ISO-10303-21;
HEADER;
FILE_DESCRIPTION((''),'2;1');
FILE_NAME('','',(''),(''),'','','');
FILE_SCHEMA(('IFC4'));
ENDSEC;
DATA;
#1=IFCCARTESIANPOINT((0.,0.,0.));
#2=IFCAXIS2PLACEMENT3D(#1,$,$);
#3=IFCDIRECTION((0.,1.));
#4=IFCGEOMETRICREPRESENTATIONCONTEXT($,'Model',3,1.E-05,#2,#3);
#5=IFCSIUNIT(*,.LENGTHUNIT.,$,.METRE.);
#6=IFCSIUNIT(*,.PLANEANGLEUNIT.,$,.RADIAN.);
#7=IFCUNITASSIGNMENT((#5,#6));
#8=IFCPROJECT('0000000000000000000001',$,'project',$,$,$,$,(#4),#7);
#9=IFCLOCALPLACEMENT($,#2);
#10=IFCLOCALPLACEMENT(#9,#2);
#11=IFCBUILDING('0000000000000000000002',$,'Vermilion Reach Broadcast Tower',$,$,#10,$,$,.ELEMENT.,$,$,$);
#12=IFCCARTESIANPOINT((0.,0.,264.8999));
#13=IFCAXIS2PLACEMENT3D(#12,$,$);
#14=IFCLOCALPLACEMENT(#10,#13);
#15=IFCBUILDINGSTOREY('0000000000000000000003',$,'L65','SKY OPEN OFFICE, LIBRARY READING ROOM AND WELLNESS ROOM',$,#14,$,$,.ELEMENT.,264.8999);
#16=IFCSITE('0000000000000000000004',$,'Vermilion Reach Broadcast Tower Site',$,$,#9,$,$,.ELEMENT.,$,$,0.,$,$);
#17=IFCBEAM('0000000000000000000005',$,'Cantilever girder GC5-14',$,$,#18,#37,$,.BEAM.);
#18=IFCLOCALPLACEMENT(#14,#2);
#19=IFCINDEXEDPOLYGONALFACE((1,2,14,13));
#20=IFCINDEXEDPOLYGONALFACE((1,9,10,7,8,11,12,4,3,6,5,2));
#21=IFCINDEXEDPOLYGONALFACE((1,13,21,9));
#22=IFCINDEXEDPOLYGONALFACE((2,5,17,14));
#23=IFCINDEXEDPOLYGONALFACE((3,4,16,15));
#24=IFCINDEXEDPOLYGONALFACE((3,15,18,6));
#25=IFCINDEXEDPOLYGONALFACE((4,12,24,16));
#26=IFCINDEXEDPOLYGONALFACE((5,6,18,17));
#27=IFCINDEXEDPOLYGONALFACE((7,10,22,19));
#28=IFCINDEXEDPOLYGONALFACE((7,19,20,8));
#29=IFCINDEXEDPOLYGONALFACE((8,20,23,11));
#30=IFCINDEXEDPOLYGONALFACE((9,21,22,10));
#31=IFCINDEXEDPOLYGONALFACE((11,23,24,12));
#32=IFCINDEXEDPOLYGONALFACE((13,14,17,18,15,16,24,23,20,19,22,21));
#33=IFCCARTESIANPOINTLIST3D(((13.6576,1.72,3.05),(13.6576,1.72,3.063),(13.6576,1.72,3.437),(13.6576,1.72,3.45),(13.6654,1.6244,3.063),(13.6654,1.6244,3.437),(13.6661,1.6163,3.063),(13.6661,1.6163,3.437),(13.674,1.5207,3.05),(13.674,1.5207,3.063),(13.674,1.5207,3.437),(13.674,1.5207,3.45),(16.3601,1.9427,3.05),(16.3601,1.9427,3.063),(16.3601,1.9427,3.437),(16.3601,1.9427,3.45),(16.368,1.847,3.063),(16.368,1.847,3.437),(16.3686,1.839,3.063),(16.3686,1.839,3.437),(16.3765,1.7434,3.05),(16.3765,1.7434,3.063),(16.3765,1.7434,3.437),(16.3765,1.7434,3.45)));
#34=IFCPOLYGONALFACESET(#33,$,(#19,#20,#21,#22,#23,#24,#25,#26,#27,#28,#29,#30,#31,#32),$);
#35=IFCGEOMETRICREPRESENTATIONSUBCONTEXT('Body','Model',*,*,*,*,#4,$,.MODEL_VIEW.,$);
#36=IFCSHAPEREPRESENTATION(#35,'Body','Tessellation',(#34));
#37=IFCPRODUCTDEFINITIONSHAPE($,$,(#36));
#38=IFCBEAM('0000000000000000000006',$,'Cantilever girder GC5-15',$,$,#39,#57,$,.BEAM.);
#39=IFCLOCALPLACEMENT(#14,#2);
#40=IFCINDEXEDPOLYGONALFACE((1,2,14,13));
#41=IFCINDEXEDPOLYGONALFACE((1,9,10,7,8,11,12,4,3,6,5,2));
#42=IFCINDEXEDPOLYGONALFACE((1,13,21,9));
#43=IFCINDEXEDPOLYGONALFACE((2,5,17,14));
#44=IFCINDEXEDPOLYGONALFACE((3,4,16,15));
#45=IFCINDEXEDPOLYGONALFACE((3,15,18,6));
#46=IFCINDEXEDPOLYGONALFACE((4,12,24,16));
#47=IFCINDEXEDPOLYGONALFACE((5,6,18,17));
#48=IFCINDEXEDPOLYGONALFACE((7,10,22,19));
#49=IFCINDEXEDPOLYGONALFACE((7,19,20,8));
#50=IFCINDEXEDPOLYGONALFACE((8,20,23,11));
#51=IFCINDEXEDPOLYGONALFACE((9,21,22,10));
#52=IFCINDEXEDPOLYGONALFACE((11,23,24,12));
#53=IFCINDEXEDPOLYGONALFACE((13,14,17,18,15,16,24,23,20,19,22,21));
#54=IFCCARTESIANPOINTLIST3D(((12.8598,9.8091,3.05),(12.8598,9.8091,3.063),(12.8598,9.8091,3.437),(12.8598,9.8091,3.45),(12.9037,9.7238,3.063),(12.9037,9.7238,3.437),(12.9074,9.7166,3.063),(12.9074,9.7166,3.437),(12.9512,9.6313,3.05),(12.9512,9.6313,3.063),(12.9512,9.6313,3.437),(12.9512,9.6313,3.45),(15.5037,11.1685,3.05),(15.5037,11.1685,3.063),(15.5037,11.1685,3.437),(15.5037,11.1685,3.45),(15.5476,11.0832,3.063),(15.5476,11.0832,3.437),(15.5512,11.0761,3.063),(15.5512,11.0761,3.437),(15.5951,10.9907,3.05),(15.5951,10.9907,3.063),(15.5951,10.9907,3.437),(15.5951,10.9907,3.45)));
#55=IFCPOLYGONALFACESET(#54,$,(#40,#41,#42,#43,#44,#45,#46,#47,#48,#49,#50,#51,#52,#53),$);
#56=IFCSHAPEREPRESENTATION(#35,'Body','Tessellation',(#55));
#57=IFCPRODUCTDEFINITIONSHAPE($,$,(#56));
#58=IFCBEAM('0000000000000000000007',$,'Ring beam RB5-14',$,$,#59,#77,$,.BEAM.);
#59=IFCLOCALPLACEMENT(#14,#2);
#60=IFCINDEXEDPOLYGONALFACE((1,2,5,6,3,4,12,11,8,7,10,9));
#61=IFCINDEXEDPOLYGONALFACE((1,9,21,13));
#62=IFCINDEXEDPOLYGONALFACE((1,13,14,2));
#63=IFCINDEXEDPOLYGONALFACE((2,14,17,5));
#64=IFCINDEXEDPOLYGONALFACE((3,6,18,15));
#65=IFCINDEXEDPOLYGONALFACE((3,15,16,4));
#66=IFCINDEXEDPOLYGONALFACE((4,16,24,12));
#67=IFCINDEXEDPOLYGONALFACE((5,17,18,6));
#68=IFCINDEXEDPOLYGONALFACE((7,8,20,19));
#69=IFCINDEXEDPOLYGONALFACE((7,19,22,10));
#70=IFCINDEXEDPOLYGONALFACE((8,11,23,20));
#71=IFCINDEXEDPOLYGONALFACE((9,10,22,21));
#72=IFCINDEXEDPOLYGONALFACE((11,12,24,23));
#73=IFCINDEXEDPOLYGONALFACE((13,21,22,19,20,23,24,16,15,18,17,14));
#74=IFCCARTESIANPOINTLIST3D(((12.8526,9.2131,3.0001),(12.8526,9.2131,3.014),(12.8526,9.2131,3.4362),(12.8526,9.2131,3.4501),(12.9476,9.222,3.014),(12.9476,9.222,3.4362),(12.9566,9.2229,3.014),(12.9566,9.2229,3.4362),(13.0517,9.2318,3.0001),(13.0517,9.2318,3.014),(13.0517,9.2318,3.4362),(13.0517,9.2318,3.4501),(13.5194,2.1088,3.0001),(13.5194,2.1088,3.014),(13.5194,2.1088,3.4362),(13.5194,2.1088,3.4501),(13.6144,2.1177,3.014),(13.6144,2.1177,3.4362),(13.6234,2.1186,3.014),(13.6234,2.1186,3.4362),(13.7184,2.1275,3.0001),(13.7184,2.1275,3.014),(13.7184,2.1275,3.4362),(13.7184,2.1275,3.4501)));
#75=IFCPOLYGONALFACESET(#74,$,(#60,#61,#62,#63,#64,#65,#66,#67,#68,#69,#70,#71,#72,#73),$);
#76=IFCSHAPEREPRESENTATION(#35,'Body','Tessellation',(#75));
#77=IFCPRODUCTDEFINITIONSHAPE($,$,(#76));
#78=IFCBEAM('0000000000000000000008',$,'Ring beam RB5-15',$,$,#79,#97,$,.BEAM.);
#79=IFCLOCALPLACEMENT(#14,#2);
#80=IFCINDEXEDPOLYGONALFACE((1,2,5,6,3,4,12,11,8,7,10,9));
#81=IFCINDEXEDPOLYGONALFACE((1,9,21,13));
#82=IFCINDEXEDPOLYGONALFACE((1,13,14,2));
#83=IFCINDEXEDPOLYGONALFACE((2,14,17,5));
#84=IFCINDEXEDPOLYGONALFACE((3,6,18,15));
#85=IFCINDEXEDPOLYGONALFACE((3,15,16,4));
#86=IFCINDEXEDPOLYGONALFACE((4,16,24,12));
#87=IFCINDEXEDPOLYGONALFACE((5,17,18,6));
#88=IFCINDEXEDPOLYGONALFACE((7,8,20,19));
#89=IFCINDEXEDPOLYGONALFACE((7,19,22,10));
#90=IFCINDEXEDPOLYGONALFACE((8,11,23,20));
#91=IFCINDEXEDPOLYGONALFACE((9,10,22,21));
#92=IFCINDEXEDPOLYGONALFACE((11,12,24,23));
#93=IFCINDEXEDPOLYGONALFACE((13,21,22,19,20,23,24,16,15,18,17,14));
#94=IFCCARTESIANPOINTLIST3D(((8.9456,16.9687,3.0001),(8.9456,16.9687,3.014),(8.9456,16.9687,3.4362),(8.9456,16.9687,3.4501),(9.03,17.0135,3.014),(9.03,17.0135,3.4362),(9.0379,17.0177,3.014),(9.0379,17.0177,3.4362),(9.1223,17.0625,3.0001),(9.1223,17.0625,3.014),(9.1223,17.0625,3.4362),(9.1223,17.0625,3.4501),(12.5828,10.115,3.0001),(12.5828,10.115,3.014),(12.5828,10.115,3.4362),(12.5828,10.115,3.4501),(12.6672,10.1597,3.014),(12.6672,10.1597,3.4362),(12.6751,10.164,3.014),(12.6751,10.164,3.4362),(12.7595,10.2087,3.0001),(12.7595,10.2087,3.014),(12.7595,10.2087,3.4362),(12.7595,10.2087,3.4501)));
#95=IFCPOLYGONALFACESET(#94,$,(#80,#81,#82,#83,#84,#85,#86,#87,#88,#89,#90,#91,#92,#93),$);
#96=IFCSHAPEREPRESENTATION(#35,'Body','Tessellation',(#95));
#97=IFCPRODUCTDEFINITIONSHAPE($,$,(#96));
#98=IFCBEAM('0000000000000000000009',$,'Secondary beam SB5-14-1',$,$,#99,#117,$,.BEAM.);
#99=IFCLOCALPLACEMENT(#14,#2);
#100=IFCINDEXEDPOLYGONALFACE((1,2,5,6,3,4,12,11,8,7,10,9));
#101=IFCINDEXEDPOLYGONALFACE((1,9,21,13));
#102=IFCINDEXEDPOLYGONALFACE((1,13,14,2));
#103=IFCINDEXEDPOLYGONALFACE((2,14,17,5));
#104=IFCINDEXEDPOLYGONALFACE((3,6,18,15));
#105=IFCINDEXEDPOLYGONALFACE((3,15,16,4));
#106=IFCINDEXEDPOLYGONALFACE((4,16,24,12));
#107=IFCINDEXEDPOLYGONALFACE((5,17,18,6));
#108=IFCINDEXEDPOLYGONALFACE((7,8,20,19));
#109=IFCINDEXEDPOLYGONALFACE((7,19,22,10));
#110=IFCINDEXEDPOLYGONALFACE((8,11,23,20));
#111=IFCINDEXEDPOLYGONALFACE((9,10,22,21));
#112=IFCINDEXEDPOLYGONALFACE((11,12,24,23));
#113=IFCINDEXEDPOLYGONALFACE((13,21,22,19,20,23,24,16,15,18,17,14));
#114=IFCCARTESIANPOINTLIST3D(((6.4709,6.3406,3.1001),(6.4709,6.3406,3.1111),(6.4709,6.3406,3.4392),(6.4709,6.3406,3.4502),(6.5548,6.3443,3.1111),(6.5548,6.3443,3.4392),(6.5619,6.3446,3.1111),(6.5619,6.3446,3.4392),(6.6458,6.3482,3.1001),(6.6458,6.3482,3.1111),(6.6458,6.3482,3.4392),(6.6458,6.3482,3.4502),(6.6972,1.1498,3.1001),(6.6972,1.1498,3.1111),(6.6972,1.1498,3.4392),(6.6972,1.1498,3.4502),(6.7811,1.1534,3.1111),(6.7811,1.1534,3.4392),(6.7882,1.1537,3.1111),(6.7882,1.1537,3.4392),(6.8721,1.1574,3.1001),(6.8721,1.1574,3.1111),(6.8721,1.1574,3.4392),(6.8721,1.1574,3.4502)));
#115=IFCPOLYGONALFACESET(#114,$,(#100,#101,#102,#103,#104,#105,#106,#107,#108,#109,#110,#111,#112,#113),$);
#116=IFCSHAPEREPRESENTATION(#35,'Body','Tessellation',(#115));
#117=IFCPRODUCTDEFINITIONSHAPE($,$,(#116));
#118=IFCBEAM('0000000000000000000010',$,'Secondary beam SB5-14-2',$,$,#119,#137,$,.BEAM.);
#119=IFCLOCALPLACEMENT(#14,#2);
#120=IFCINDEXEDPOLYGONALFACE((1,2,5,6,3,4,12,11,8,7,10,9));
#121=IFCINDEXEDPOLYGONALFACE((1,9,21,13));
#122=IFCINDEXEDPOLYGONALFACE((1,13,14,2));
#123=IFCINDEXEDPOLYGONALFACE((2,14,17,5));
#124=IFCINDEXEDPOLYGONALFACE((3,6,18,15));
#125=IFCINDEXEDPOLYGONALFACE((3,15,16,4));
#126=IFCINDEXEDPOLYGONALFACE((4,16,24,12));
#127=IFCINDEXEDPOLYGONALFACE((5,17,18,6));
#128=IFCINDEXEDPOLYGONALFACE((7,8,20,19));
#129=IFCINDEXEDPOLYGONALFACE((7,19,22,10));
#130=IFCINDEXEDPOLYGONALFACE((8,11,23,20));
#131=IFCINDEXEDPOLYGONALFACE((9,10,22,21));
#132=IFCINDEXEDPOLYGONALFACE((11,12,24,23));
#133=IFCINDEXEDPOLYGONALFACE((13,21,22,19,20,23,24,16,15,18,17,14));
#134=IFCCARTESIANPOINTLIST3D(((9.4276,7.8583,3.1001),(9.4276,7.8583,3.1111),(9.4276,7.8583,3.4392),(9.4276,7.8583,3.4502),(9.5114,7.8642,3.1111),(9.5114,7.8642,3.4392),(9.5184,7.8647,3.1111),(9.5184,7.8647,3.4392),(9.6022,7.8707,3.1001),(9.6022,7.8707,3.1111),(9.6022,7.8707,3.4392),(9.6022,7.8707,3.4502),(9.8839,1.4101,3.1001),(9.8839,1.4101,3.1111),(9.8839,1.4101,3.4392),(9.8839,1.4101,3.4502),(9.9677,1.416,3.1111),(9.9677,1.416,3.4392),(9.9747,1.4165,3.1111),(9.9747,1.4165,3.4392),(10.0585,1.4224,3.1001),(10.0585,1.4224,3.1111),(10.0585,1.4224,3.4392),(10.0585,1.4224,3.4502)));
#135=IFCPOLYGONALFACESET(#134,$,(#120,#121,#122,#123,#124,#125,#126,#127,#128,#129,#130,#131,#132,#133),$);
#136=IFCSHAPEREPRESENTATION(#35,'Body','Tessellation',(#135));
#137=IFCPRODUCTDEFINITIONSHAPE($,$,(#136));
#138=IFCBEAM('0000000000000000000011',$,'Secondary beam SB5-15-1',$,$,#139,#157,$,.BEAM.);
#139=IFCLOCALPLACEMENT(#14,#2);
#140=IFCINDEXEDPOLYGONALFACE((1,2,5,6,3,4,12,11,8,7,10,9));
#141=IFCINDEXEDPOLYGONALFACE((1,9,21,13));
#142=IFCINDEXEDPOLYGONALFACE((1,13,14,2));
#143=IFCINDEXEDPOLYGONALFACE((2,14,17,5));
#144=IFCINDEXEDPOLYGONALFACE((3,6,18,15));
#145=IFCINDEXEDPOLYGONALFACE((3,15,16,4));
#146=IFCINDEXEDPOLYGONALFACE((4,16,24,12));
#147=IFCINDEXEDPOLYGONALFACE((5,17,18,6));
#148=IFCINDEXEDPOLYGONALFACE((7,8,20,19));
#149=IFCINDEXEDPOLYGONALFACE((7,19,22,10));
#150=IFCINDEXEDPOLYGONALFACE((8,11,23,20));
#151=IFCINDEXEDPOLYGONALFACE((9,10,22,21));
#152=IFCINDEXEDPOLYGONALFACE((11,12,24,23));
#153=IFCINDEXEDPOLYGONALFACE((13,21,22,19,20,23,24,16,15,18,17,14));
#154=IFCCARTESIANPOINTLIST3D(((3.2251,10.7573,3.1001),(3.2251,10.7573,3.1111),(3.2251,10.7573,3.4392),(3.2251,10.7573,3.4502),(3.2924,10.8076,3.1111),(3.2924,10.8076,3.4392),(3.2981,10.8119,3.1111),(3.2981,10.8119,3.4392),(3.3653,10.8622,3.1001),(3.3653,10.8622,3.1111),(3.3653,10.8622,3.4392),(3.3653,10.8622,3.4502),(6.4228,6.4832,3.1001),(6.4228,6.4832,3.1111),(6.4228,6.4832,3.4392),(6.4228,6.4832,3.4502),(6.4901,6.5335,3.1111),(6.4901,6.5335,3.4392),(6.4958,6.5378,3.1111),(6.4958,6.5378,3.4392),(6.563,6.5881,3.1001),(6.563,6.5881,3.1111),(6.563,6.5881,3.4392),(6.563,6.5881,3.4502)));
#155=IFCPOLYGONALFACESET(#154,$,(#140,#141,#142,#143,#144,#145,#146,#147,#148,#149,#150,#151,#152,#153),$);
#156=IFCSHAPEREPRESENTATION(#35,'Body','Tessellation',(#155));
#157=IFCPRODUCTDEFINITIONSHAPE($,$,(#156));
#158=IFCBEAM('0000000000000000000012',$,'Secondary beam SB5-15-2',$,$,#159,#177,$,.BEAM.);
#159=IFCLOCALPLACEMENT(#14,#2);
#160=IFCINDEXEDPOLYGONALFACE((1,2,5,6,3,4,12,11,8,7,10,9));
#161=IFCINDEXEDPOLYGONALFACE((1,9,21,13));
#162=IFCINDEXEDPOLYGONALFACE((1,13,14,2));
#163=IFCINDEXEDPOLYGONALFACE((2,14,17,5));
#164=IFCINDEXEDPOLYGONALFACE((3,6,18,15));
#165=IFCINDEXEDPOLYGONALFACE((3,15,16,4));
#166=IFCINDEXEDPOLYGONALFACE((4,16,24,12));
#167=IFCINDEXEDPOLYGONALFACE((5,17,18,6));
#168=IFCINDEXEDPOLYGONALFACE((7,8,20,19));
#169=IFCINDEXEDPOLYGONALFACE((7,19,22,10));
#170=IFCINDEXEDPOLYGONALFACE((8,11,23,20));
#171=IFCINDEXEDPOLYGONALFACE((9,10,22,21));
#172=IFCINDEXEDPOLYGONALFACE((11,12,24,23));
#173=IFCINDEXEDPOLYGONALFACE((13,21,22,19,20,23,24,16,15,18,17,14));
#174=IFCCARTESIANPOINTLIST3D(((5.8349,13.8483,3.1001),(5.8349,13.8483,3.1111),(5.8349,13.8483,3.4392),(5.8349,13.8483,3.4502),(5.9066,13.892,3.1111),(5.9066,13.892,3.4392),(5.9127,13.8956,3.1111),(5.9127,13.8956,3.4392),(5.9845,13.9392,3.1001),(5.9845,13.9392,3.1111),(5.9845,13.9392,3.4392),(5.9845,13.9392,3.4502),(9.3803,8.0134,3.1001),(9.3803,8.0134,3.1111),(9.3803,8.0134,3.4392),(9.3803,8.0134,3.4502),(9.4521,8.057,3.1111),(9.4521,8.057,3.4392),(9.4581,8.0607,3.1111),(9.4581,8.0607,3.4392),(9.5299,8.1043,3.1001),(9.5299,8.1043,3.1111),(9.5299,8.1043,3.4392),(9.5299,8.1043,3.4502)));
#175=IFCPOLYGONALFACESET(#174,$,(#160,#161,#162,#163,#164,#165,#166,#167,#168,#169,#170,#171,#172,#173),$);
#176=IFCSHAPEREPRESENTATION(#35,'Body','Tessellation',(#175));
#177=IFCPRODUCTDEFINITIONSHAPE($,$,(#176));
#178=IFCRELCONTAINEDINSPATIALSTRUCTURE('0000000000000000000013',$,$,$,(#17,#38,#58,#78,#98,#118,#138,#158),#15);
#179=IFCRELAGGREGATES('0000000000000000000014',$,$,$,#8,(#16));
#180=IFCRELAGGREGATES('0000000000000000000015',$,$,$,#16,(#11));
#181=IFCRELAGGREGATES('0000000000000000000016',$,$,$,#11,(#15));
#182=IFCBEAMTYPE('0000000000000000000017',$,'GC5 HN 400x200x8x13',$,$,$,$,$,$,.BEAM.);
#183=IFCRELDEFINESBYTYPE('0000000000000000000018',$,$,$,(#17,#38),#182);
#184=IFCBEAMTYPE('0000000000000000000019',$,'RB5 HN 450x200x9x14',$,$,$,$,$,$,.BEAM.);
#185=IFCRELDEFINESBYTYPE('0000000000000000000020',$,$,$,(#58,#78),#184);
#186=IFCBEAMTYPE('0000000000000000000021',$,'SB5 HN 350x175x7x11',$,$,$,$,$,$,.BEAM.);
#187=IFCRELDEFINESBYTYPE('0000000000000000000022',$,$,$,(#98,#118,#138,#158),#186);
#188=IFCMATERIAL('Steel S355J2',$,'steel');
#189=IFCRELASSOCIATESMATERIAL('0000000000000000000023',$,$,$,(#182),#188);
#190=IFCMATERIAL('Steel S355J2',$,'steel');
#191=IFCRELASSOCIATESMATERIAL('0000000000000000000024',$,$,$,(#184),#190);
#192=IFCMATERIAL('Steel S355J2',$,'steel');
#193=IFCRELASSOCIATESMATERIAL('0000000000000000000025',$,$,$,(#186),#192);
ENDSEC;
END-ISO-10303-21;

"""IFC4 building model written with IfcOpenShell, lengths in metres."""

from ifc_helpers import new_model, si_unit, direction, frame, origin, origin_2d, place, context, subcontext, project, spatial, i_section, extrude, material, material_profile, profile_set, type_object, element, save


model = new_model("IFC4")

# Units and contexts
model_context = context("Model", 3, precision=1e-05, world=origin(), true_north=direction((0.0, 1.0)))
body_context = subcontext(model_context, "Body", "Model", "MODEL_VIEW")
ifc_project = project(units=[si_unit("LENGTHUNIT", "METRE"), si_unit("PLANEANGLEUNIT", "RADIAN")], contexts=[model_context])

# Site, building, storey
site_placement = place(None, origin())
site = spatial("IfcSite", under=ifc_project, at=site_placement, Name="Vermilion Reach Broadcast Tower Site", CompositionType="ELEMENT", RefElevation=0.0)
building_placement = place(site_placement, origin())
building = spatial("IfcBuilding", under=site, at=building_placement, Name="Vermilion Reach Broadcast Tower", CompositionType="ELEMENT")
storey_placement = place(building_placement, frame((0.0, 0.0, 264.8999)))
storey = spatial("IfcBuildingStorey", under=building, at=storey_placement, Name="L65", Description="SKY OPEN OFFICE, LIBRARY READING ROOM AND WELLNESS ROOM", CompositionType="ELEMENT", Elevation=264.8999)

# Beams
ifc_material_1 = material(Name="Steel S355J2", Category="steel")
ifc_material_profile_1 = material_profile(ifc_material_1, i_section(OverallWidth=0.2, OverallDepth=0.3999, WebThickness=0.0081, FlangeThickness=0.0129, at=origin_2d()), Name="S355J2 HN 400x200x8x13")
ifc_profile_set_1 = profile_set([ifc_material_profile_1], Name="Steel S355J2")
beam_type_1 = type_object("IfcBeamType", Name="GC5 HN 400x200x8x13", PredefinedType="BEAM", material=ifc_profile_set_1)
beam_1_placement = place(storey_placement, frame((13.6658, 1.6204, 3.25), z_axis=(0.996623, 0.082114, 0.0), x_axis=(-0.082114, 0.996623, 0.0)))
element("IfcBeam", 1, at=beam_1_placement, inside=storey, type_object=beam_type_1, Name="Cantilever girder GC5-14", PredefinedType="BEAM", context=body_context, shape_type="SweptSolid", body=[
    extrude(i_section(OverallWidth=0.2, OverallDepth=0.3999, WebThickness=0.0081, FlangeThickness=0.0129, at=origin_2d()), origin(), (0.0, 0.0, 1.0), 2.7117),
])
beam_2_placement = place(storey_placement, frame((12.9055, 9.7202, 3.25), z_axis=(0.889328, 0.45727, 0.0), x_axis=(-0.45727, 0.889328, 0.0)))
element("IfcBeam", 2, at=beam_2_placement, inside=storey, type_object=beam_type_1, Name="Cantilever girder GC5-15", PredefinedType="BEAM", context=body_context, shape_type="SweptSolid", body=[
    extrude(i_section(OverallWidth=0.2, OverallDepth=0.3999, WebThickness=0.0081, FlangeThickness=0.0129, at=origin_2d()), origin(), (0.0, 0.0, 1.0), 2.9729),
])
ifc_material_2 = material(Name="Steel S355J2", Category="steel")
ifc_material_profile_2 = material_profile(ifc_material_2, i_section(OverallWidth=0.2, OverallDepth=0.45, WebThickness=0.009, FlangeThickness=0.0139, at=origin_2d()), Name="S355J2 HN 450x200x9x14")
ifc_profile_set_2 = profile_set([ifc_material_profile_2], Name="Steel S355J2")
beam_type_2 = type_object("IfcBeamType", Name="RB5 HN 450x200x9x14", PredefinedType="BEAM", material=ifc_profile_set_2)
beam_3_placement = place(storey_placement, frame((13.6189, 2.1182, 3.2251), z_axis=(-0.093441, 0.995625, 0.0), x_axis=(-0.995625, -0.093441, 0.0)))
element("IfcBeam", 3, at=beam_3_placement, inside=storey, type_object=beam_type_2, Name="Ring beam RB5-14", PredefinedType="BEAM", context=body_context, shape_type="SweptSolid", body=[
    extrude(i_section(OverallWidth=0.2, OverallDepth=0.45, WebThickness=0.009, FlangeThickness=0.0139, at=origin_2d()), origin(), (0.0, 0.0, 1.0), 7.1355),
])
beam_4_placement = place(storey_placement, frame((12.6711, 10.1619, 3.2251), z_axis=(-0.468768, 0.883321, 0.0), x_axis=(-0.883321, -0.468768, 0.0)))
element("IfcBeam", 4, at=beam_4_placement, inside=storey, type_object=beam_type_2, Name="Ring beam RB5-15", PredefinedType="BEAM", context=body_context, shape_type="SweptSolid", body=[
    extrude(i_section(OverallWidth=0.2, OverallDepth=0.45, WebThickness=0.009, FlangeThickness=0.0139, at=origin_2d()), origin(), (0.0, 0.0, 1.0), 7.759),
])
ifc_material_3 = material(Name="Steel S355J2", Category="steel")
ifc_material_profile_3 = material_profile(ifc_material_3, i_section(OverallWidth=0.175, OverallDepth=0.3501, WebThickness=0.0071, FlangeThickness=0.011, at=origin_2d()), Name="S355J2 HN 350x175x7x11")
ifc_profile_set_3 = profile_set([ifc_material_profile_3], Name="Steel S355J2")
beam_type_3 = type_object("IfcBeamType", Name="SB5 HN 350x175x7x11", PredefinedType="BEAM", material=ifc_profile_set_3)
beam_5_placement = place(storey_placement, frame((6.7847, 1.1536, 3.2751), z_axis=(-0.043558, 0.999051, 0.0), x_axis=(-0.999051, -0.043558, 0.0)))
element("IfcBeam", 5, at=beam_5_placement, inside=storey, type_object=beam_type_3, Name="Secondary beam SB5-14-1", PredefinedType="BEAM", context=body_context, shape_type="SweptSolid", body=[
    extrude(i_section(OverallWidth=0.175, OverallDepth=0.3501, WebThickness=0.0071, FlangeThickness=0.011, at=origin_2d()), origin(), (0.0, 0.0, 1.0), 5.1958),
])
beam_6_placement = place(storey_placement, frame((9.9712, 1.4163, 3.2751), z_axis=(-0.070587, 0.997506, 0.0), x_axis=(-0.997506, -0.070587, 0.0)))
element("IfcBeam", 6, at=beam_6_placement, inside=storey, type_object=beam_type_3, Name="Secondary beam SB5-14-2", PredefinedType="BEAM", context=body_context, shape_type="SweptSolid", body=[
    extrude(i_section(OverallWidth=0.175, OverallDepth=0.3501, WebThickness=0.0071, FlangeThickness=0.011, at=origin_2d()), origin(), (0.0, 0.0, 1.0), 6.4644),
])
beam_7_placement = place(storey_placement, frame((6.4929, 6.5356, 3.2751), z_axis=(-0.599056, 0.800707, 0.0), x_axis=(-0.800707, -0.599056, 0.0)))
element("IfcBeam", 7, at=beam_7_placement, inside=storey, type_object=beam_type_3, Name="Secondary beam SB5-15-1", PredefinedType="BEAM", context=body_context, shape_type="SweptSolid", body=[
    extrude(i_section(OverallWidth=0.175, OverallDepth=0.3501, WebThickness=0.0071, FlangeThickness=0.011, at=origin_2d()), origin(), (0.0, 0.0, 1.0), 5.3379),
])
beam_8_placement = place(storey_placement, frame((9.4551, 8.0588, 3.2751), z_axis=(-0.519273, 0.854608, 0.0), x_axis=(-0.854608, -0.519273, 0.0)))
element("IfcBeam", 8, at=beam_8_placement, inside=storey, type_object=beam_type_3, Name="Secondary beam SB5-15-2", PredefinedType="BEAM", context=body_context, shape_type="SweptSolid", body=[
    extrude(i_section(OverallWidth=0.175, OverallDepth=0.3501, WebThickness=0.0071, FlangeThickness=0.011, at=origin_2d()), origin(), (0.0, 0.0, 1.0), 6.8276),
])

save(model, "model.ifc")
